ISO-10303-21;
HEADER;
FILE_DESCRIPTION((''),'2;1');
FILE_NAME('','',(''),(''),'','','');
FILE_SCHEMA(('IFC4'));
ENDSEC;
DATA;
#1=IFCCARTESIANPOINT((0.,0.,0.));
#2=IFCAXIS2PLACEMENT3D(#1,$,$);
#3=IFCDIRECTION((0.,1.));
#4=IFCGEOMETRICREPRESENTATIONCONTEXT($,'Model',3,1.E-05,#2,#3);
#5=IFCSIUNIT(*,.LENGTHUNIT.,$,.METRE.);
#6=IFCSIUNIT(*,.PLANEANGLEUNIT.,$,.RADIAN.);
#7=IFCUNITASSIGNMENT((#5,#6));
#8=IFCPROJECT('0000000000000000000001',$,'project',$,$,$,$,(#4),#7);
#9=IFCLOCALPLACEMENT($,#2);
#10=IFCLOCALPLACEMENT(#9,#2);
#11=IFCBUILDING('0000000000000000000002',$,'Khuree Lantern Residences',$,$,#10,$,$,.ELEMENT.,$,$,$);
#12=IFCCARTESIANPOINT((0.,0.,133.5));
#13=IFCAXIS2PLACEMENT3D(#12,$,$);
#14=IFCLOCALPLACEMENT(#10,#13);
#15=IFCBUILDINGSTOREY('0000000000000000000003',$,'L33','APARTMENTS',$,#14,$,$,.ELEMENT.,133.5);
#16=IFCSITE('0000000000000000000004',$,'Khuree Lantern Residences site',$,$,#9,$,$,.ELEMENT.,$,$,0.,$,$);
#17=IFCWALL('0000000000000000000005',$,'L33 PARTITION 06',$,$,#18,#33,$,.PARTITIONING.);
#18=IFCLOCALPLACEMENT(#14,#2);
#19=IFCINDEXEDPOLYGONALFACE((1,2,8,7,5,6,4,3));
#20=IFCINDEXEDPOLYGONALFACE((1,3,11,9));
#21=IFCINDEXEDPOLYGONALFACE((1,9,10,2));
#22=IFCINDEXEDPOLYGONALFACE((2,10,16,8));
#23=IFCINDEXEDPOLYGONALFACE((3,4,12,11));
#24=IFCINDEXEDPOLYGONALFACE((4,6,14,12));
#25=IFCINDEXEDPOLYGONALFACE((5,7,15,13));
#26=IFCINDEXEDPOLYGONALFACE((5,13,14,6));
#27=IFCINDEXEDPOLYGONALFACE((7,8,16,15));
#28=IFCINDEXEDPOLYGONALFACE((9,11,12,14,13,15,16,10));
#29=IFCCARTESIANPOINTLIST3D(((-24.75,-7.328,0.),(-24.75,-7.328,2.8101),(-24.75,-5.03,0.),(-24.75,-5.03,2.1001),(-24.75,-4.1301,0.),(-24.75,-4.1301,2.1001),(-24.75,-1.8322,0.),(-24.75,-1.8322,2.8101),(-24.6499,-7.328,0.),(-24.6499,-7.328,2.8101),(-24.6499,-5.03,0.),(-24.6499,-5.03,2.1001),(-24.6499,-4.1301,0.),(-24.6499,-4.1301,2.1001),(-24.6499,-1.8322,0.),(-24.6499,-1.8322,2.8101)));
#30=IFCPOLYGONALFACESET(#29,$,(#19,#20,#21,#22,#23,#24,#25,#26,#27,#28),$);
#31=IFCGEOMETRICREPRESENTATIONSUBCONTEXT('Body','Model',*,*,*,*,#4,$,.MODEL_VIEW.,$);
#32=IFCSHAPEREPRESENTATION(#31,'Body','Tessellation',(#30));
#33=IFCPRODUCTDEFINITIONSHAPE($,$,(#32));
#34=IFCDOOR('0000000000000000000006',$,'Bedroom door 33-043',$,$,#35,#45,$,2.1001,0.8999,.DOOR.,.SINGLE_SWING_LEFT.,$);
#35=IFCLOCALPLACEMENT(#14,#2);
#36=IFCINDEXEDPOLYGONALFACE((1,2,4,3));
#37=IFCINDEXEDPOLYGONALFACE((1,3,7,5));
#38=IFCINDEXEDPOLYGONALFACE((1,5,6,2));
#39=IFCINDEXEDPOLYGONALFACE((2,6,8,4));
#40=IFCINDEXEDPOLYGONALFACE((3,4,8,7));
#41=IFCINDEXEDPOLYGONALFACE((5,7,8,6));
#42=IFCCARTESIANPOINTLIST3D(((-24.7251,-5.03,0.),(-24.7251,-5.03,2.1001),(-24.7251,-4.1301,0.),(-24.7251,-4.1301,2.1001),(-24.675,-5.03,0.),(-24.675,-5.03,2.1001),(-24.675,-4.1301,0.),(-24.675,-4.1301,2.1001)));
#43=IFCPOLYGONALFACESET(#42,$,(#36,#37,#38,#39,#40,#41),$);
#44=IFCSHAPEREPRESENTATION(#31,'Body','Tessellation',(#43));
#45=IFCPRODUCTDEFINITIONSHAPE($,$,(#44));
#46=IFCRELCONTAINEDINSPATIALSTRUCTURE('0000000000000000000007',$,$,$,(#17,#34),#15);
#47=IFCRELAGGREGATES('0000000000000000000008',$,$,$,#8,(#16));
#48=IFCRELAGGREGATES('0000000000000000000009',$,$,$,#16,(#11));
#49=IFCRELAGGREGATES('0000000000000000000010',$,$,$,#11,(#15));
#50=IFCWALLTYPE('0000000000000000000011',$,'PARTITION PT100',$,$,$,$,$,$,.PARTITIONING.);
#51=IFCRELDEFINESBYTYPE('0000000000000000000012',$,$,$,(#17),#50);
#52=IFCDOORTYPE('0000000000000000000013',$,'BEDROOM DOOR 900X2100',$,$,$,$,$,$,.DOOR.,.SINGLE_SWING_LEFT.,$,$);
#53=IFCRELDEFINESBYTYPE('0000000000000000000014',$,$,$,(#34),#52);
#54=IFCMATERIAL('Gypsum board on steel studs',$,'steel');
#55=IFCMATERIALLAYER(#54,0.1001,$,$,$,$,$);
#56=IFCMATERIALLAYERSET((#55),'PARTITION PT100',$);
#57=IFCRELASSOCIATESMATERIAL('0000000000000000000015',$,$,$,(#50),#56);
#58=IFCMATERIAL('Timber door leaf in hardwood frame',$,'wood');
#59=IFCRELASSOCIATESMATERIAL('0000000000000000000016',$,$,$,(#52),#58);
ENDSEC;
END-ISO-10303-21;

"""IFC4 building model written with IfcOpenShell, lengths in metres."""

from ifc_helpers import new_model, si_unit, direction, frame, frame_2d, origin, place, context, subcontext, project, spatial, rectangle, extrude, material, layer, layer_set, type_object, element, fill, save


model = new_model("IFC4")

# Units and contexts
model_context = context("Model", 3, precision=1e-05, world=origin(), true_north=direction((0.0, 1.0)))
body_context = subcontext(model_context, "Body", "Model", "MODEL_VIEW")
ifc_project = project(units=[si_unit("LENGTHUNIT", "METRE"), si_unit("PLANEANGLEUNIT", "RADIAN")], contexts=[model_context])

# Site, building, storey
site_placement = place(None, origin())
site = spatial("IfcSite", under=ifc_project, at=site_placement, Name="Khuree Lantern Residences site", CompositionType="ELEMENT", RefElevation=0.0)
building_placement = place(site_placement, origin())
building = spatial("IfcBuilding", under=site, at=building_placement, Name="Khuree Lantern Residences", CompositionType="ELEMENT")
storey_placement = place(building_placement, frame((0.0, 0.0, 133.5)))
storey = spatial("IfcBuildingStorey", under=building, at=storey_placement, Name="L33", Description="APARTMENTS", CompositionType="ELEMENT", Elevation=133.5)

# Shared definitions
ifc_material_1 = material(Name="Timber door leaf in hardwood frame", Category="wood")

# Shared definitions
ifc_material_2 = material(Name="Gypsum board on steel studs", Category="steel")
ifc_layer_1 = layer(ifc_material_2, 0.1001)
ifc_layer_set_1 = layer_set([ifc_layer_1], Name="PARTITION PT100")
wall_type_1 = type_object("IfcWallType", Name="PARTITION PT100", PredefinedType="PARTITIONING", material=ifc_layer_set_1)

# Wall, opening, door
wall_1_placement = place(storey_placement, frame((-24.7, -1.832, 0.0), z_axis=(0.0, 0.0, 1.0), x_axis=(0.0, -1.0, 0.0)))
wall_1 = element("IfcWall", 1, at=wall_1_placement, inside=storey, type_object=wall_type_1, Name="L33 PARTITION 06", PredefinedType="PARTITIONING", context=body_context, shape_type="SweptSolid", body=[
    extrude(rectangle(XDim=5.4958, YDim=0.1001, at=frame_2d((2.748, 0.0))), origin(), (0.0, 0.0, 1.0), 2.8101),
])
opening_1_placement = place(wall_1_placement, frame((2.2981, 0.0, 0.0)))
opening_1 = element("IfcOpeningElement", 2, at=opening_1_placement, cuts=wall_1, PredefinedType="OPENING", context=body_context, shape_type="SweptSolid", body=[
    extrude(rectangle(XDim=0.8999, YDim=2.1001, at=frame_2d((0.45, 1.05))), frame((0.0, 0.0601, 0.0), z_axis=(0.0, -1.0, 0.0), x_axis=(1.0, 0.0, 0.0)), (0.0, 0.0, 1.0), 0.1201),
])
door_type_1 = type_object("IfcDoorType", Name="BEDROOM DOOR 900X2100", OperationType="SINGLE_SWING_LEFT", PredefinedType="DOOR", material=ifc_material_1)
door_1_placement = place(opening_1_placement, origin())
door_1 = element("IfcDoor", 3, at=door_1_placement, inside=storey, type_object=door_type_1, Name="Bedroom door 33-043", OperationType="SINGLE_SWING_LEFT", OverallHeight=2.1001, OverallWidth=0.8999, PredefinedType="DOOR", context=body_context, shape_type="SweptSolid", body=[
    extrude(rectangle(XDim=0.8999, YDim=2.1001, at=frame_2d((0.45, 1.05))), frame((0.0, 0.0249, 0.0), z_axis=(0.0, -1.0, 0.0), x_axis=(1.0, 0.0, 0.0)), (0.0, 0.0, 1.0), 0.05),
])
fill(opening_1, door_1)

save(model, "model.ifc")
